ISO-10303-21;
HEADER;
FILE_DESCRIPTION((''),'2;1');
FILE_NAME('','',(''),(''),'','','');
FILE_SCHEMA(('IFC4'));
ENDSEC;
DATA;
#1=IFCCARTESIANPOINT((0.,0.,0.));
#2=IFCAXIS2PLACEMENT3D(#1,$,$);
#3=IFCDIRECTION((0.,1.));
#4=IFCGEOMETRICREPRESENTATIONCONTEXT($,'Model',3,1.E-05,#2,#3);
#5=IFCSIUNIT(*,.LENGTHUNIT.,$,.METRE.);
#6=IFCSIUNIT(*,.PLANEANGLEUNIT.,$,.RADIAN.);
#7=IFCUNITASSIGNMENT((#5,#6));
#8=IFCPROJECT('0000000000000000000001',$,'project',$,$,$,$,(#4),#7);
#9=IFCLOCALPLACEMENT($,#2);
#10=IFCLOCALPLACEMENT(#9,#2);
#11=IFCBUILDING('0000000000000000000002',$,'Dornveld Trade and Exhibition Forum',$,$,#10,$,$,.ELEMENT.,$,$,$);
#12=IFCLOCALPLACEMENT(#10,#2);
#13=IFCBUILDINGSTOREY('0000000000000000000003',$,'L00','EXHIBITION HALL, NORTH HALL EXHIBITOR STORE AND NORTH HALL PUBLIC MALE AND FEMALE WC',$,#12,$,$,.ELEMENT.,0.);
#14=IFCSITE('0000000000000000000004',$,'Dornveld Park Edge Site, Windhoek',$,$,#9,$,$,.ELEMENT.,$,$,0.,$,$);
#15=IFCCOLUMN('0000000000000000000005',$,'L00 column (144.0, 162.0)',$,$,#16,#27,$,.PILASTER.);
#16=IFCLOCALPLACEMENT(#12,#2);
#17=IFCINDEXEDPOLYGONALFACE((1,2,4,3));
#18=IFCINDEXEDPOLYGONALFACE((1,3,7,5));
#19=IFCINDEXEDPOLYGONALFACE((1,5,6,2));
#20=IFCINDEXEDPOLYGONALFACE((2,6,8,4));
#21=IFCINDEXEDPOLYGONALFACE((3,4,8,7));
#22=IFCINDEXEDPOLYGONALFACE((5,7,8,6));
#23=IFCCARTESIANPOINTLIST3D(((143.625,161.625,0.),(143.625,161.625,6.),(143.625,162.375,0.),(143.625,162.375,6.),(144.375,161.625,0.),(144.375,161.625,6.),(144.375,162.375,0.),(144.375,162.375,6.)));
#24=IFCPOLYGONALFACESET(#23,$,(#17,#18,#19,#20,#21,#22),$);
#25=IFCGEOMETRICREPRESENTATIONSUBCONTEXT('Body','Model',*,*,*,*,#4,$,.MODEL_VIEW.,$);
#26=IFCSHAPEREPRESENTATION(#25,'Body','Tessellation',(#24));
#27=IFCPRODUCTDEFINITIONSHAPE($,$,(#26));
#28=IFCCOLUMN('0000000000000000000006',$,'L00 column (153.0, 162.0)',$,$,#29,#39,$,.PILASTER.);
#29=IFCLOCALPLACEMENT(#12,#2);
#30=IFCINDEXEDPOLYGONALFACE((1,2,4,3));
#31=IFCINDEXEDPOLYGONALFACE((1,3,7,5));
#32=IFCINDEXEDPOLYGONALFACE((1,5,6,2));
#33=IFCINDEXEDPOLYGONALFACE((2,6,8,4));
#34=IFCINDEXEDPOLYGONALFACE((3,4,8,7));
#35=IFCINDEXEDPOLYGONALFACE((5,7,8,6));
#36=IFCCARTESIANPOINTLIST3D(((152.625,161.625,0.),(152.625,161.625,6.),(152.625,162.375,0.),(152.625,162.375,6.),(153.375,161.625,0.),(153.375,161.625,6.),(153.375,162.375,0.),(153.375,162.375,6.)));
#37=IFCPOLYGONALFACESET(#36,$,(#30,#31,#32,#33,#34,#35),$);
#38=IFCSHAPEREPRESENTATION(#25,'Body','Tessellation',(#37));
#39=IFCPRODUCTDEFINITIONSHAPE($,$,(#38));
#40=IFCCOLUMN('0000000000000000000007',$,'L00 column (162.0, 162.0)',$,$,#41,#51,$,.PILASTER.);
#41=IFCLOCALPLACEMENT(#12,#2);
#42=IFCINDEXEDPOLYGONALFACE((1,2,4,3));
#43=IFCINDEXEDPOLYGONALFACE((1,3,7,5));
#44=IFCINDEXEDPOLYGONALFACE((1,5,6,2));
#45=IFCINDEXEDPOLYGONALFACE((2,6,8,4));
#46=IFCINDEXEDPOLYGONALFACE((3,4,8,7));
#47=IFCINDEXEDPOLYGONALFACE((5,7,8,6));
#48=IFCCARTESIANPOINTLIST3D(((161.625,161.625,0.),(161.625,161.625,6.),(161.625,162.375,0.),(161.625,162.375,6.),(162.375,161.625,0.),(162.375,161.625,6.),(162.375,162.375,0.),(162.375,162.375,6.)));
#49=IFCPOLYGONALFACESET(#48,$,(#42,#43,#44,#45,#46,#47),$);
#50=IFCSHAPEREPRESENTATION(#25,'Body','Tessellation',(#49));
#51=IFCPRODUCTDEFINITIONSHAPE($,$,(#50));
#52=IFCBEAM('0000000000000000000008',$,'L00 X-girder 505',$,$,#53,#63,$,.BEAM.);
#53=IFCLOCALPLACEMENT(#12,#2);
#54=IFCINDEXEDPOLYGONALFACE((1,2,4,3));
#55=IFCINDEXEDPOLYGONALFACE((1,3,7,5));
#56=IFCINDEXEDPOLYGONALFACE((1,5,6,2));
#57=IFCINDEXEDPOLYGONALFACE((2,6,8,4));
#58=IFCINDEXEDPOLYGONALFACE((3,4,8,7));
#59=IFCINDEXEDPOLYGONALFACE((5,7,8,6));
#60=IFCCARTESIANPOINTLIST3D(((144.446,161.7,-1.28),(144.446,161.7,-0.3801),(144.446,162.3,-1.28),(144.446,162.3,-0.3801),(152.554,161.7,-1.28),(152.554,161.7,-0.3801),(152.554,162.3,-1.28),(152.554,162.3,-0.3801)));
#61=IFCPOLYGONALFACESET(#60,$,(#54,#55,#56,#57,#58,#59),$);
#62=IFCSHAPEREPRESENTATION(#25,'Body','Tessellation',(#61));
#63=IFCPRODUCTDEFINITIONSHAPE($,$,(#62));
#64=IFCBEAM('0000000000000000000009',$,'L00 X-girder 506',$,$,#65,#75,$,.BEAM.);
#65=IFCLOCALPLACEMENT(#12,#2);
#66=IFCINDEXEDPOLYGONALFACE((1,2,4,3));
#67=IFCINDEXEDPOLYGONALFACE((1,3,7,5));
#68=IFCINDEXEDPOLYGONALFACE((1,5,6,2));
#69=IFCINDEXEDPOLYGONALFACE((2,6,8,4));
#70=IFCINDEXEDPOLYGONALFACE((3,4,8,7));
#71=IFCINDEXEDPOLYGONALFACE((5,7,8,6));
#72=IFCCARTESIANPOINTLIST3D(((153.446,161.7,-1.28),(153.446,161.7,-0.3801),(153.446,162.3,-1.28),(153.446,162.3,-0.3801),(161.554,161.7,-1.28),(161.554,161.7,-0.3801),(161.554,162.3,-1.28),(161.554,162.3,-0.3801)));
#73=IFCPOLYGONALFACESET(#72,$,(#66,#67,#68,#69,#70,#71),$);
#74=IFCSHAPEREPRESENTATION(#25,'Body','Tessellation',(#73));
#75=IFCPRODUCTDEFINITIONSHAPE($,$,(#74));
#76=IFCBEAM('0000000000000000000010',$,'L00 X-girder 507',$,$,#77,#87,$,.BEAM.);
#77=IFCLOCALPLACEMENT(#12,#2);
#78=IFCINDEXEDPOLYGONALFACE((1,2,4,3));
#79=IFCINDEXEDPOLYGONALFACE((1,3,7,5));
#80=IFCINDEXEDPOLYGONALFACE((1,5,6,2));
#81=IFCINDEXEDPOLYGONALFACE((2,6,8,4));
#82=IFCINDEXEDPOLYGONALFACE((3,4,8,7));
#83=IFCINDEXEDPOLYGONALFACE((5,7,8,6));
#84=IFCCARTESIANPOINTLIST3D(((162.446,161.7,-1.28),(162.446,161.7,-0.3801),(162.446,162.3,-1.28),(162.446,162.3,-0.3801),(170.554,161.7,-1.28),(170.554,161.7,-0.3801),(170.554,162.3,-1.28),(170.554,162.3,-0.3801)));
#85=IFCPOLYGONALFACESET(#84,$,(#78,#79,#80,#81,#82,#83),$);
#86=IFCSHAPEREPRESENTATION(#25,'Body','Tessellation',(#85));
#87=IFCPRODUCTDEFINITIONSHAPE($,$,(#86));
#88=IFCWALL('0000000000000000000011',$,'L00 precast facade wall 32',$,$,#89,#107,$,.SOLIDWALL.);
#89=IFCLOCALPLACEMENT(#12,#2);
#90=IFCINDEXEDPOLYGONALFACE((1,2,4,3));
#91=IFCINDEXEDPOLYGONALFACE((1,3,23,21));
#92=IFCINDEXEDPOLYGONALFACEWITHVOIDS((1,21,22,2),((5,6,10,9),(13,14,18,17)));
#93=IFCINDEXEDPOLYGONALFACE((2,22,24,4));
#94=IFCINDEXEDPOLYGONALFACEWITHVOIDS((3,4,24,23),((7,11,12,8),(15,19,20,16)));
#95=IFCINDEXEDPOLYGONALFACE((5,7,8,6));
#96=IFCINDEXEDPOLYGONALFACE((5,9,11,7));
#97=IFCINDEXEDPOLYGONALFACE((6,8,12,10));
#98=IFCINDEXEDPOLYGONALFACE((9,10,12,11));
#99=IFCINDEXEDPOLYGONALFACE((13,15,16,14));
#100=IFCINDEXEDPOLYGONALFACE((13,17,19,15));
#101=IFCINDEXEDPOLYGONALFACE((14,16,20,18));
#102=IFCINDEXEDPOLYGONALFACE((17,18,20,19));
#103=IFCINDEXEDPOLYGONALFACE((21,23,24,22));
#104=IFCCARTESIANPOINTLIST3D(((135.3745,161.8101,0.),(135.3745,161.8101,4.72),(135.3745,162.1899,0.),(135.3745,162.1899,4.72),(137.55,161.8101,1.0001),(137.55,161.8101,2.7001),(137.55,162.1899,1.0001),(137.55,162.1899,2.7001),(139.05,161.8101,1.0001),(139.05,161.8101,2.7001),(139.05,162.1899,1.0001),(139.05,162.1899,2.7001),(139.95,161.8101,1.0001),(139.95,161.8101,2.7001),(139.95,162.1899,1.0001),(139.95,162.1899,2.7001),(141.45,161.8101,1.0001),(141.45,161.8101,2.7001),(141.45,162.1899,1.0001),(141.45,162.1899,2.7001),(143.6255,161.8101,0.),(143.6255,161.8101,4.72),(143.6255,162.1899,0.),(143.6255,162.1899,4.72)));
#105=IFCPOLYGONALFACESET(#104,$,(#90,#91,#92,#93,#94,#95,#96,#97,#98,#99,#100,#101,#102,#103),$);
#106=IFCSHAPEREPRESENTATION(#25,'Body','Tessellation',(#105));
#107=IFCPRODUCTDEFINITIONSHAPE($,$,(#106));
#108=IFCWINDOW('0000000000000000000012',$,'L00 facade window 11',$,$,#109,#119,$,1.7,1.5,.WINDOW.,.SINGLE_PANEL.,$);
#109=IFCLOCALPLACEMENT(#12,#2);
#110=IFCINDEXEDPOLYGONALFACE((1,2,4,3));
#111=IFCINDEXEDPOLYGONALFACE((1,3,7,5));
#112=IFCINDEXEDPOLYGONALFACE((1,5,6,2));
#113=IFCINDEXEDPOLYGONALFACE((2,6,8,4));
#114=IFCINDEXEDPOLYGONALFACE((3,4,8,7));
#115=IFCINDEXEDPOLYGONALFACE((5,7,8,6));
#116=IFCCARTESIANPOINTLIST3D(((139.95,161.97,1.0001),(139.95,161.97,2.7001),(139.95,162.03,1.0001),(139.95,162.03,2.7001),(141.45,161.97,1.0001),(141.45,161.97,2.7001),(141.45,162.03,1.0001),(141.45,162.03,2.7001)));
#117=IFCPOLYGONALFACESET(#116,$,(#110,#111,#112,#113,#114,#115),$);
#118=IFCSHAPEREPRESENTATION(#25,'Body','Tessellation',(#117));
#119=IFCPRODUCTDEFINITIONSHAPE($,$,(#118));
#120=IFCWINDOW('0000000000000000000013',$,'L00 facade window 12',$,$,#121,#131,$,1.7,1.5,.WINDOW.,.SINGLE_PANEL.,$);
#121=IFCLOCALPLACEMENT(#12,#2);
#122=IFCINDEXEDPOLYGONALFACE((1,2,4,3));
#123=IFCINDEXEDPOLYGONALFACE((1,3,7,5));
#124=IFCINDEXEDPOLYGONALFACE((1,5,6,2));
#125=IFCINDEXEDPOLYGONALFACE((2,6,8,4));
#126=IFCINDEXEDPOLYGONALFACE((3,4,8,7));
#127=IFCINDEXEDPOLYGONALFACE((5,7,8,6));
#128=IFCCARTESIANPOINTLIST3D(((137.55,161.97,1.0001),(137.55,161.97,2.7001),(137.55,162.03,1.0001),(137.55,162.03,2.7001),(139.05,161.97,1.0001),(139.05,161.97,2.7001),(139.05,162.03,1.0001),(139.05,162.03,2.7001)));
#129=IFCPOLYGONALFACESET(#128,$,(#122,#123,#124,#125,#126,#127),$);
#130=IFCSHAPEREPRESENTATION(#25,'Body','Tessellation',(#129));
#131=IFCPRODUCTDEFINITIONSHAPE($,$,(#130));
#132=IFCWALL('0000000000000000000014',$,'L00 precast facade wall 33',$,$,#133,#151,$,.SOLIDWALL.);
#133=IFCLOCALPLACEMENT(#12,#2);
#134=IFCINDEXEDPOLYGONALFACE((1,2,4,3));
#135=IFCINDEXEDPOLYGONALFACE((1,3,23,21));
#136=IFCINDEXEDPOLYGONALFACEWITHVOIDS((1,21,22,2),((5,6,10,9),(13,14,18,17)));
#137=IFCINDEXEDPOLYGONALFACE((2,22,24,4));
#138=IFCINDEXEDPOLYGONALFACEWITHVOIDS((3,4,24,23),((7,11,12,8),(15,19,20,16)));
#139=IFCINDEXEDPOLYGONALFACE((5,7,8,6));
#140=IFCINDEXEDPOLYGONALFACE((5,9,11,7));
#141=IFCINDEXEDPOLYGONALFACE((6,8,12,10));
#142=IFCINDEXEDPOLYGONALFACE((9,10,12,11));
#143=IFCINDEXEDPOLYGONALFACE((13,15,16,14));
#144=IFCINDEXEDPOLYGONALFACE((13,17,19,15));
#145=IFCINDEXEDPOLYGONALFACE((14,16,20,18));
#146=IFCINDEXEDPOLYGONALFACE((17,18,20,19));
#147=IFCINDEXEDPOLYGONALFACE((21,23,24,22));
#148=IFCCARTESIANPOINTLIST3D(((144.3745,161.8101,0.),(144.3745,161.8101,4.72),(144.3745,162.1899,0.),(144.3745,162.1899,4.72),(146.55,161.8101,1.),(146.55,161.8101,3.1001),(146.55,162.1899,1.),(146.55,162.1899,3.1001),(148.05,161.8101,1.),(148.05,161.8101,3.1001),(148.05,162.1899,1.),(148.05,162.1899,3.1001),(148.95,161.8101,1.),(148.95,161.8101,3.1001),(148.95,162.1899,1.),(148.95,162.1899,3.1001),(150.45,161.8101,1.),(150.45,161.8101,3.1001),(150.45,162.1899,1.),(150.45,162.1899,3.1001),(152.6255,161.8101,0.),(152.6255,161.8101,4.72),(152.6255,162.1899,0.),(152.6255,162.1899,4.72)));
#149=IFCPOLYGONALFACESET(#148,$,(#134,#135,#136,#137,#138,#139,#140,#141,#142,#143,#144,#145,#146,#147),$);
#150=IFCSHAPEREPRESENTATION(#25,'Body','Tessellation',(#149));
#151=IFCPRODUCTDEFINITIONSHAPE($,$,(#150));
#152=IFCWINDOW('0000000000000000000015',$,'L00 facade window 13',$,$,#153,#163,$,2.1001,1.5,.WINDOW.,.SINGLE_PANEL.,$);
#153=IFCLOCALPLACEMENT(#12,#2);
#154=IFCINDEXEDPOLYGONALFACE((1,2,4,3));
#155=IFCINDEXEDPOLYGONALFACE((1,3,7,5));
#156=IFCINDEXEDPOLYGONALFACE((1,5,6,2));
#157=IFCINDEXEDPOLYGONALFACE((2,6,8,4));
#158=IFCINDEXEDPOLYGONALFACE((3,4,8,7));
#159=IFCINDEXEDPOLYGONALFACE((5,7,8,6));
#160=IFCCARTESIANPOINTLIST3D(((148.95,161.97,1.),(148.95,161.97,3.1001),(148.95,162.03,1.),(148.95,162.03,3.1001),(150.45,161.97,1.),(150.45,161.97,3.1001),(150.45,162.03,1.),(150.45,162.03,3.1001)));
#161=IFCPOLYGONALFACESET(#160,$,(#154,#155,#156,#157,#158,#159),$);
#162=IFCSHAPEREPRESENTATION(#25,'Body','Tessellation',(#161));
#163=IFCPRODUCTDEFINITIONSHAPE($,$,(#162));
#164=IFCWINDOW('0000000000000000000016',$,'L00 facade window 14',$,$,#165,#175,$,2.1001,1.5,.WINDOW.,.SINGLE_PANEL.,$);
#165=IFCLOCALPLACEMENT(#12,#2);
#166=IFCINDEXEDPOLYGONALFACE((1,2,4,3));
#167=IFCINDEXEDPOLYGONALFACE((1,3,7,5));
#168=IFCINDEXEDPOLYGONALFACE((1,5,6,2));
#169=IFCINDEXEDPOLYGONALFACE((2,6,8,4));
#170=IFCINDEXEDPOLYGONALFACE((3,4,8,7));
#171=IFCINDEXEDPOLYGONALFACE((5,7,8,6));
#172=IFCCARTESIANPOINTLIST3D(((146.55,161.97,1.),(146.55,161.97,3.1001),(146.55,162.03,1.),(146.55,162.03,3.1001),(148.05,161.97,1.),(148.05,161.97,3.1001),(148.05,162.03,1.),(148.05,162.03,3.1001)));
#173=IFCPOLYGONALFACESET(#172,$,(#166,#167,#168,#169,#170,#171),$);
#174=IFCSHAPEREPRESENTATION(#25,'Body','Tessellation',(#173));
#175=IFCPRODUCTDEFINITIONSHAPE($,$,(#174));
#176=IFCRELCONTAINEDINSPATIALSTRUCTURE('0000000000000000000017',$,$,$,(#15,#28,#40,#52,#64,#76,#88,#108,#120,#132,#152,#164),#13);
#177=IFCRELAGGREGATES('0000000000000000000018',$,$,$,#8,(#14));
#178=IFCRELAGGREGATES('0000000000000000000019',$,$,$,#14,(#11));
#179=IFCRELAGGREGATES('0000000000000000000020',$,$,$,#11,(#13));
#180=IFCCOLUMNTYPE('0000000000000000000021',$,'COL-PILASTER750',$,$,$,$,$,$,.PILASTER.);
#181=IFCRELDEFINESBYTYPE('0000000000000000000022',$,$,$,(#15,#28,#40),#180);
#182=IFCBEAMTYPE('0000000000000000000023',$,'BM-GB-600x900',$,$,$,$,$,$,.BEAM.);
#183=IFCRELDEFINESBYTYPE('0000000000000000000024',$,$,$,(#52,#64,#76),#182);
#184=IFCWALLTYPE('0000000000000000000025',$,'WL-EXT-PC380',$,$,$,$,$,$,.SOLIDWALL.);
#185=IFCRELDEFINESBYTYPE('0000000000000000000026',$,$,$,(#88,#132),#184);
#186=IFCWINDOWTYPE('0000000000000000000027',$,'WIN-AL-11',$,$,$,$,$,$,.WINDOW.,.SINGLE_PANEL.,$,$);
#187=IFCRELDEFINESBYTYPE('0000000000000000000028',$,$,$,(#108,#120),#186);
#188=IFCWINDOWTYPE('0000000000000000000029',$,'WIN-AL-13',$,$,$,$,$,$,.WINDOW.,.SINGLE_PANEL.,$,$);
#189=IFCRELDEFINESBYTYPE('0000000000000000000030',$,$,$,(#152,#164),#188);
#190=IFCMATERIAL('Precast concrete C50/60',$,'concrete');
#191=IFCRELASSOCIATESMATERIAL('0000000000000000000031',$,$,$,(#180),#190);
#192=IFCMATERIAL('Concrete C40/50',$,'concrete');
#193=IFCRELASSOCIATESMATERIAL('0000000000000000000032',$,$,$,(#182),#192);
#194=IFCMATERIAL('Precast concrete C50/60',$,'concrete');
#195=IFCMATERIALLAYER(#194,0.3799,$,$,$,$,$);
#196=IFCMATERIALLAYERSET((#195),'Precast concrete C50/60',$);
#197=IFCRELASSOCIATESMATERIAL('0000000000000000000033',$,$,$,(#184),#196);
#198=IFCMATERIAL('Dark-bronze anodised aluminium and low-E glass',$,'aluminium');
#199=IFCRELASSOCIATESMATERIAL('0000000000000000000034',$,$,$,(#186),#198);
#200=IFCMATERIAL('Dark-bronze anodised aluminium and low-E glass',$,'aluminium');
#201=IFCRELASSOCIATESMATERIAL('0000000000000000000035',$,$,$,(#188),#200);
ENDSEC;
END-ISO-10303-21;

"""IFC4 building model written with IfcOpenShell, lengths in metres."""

from ifc_helpers import new_model, si_unit, direction, frame, frame_2d, origin, origin_2d, place, context, subcontext, project, spatial, rectangle, extrude, material, layer, layer_set, material_profile, profile_set, type_object, element, fill, save


model = new_model("IFC4")

# Units and contexts
model_context = context("Model", 3, precision=1e-05, world=origin(), true_north=direction((0.0, 1.0)))
body_context = subcontext(model_context, "Body", "Model", "MODEL_VIEW")
ifc_project = project(units=[si_unit("LENGTHUNIT", "METRE"), si_unit("PLANEANGLEUNIT", "RADIAN")], contexts=[model_context])

# Site, building, storey
site_placement = place(None, origin())
site = spatial("IfcSite", under=ifc_project, at=site_placement, Name="Dornveld Park Edge Site, Windhoek", CompositionType="ELEMENT", RefElevation=0.0)
building_placement = place(site_placement, origin())
building = spatial("IfcBuilding", under=site, at=building_placement, Name="Dornveld Trade and Exhibition Forum", CompositionType="ELEMENT")
storey_placement = place(building_placement, origin())
storey = spatial("IfcBuildingStorey", under=building, at=storey_placement, Name="L00", Description="EXHIBITION HALL, NORTH HALL EXHIBITOR STORE AND NORTH HALL PUBLIC MALE AND FEMALE WC", CompositionType="ELEMENT", Elevation=0.0)

# Columns
ifc_material_1 = material(Name="Precast concrete C50/60", Category="concrete")
ifc_material_profile_1 = material_profile(ifc_material_1, rectangle(XDim=0.75, YDim=0.75, at=origin_2d()), Name="PC-COL 750x750")
ifc_profile_set_1 = profile_set([ifc_material_profile_1], Name="Precast concrete C50/60")
column_type = type_object("IfcColumnType", Name="COL-PILASTER750", PredefinedType="PILASTER", material=ifc_profile_set_1)
for number, where, z_axis, x_axis, name in (
    (1, (144.0, 162.0, 0.0), (0.0, 0.0, 1.0), (1.0, 0.0, 0.0), "L00 column (144.0, 162.0)"),
    (2, (153.0, 162.0, 0.0), (0.0, 0.0, 1.0), (1.0, 0.0, 0.0), "L00 column (153.0, 162.0)"),
    (3, (162.0, 162.0, 0.0), (0.0, 0.0, 1.0), (1.0, 0.0, 0.0), "L00 column (162.0, 162.0)"),
):
    element("IfcColumn", number, at=place(storey_placement, frame(where, z_axis=z_axis, x_axis=x_axis)), inside=storey, type_object=column_type, Name=name, PredefinedType="PILASTER", context=body_context, shape_type="SweptSolid", body=[
        extrude(rectangle(XDim=0.75, YDim=0.75, at=origin_2d()), origin(), (0.0, 0.0, 1.0), 6.0),
    ])

# Beams
ifc_material_2 = material(Name="Concrete C40/50", Category="concrete")
ifc_material_profile_2 = material_profile(ifc_material_2, rectangle(XDim=0.6001, YDim=0.8999, at=origin_2d()), Name="RC-GB 600x900")
ifc_profile_set_2 = profile_set([ifc_material_profile_2], Name="Concrete C40/50")
beam_type = type_object("IfcBeamType", Name="BM-GB-600x900", PredefinedType="BEAM", material=ifc_profile_set_2)
for number, where, z_axis, x_axis, name in (
    (4, (144.446, 162.0, -0.8301), (1.0, 0.0, 0.0), (0.0, 1.0, 0.0), "L00 X-girder 505"),
    (5, (153.446, 162.0, -0.8301), (1.0, 0.0, 0.0), (0.0, 1.0, 0.0), "L00 X-girder 506"),
    (6, (162.446, 162.0, -0.8301), (1.0, 0.0, 0.0), (0.0, 1.0, 0.0), "L00 X-girder 507"),
):
    element("IfcBeam", number, at=place(storey_placement, frame(where, z_axis=z_axis, x_axis=x_axis)), inside=storey, type_object=beam_type, Name=name, PredefinedType="BEAM", context=body_context, shape_type="SweptSolid", body=[
        extrude(rectangle(XDim=0.6001, YDim=0.8999, at=origin_2d()), origin(), (0.0, 0.0, 1.0), 8.1079),
    ])

# Walls, openings, windows
ifc_material_3 = material(Name="Precast concrete C50/60", Category="concrete")
ifc_layer_1 = layer(ifc_material_3, 0.3799)
ifc_layer_set_1 = layer_set([ifc_layer_1], Name="Precast concrete C50/60")
wall_type = type_object("IfcWallType", Name="WL-EXT-PC380", PredefinedType="SOLIDWALL", material=ifc_layer_set_1)
wall_1_placement = place(storey_placement, frame((143.6255, 162.0, 0.0), z_axis=(0.0, 0.0, 1.0), x_axis=(-1.0, 0.0, 0.0)))
wall_1 = element("IfcWall", 7, at=wall_1_placement, inside=storey, type_object=wall_type, Name="L00 precast facade wall 32", PredefinedType="SOLIDWALL", context=body_context, shape_type="SweptSolid", body=[
    extrude(rectangle(XDim=8.251, YDim=0.3799, at=frame_2d((4.1255, 0.0))), origin(), (0.0, 0.0, 1.0), 4.72),
])
opening_1_placement = place(wall_1_placement, frame((2.1755, 0.0, 1.0)))
opening_1 = element("IfcOpeningElement", 8, at=opening_1_placement, cuts=wall_1, PredefinedType="OPENING", context=body_context, shape_type="SweptSolid", body=[
    extrude(rectangle(XDim=1.5, YDim=1.7, at=frame_2d((0.75, 0.8501))), frame((0.0, 0.2, 0.0), z_axis=(0.0, -1.0, 0.0), x_axis=(1.0, 0.0, 0.0)), (0.0, 0.0, 1.0), 0.3999),
])
opening_2_placement = place(wall_1_placement, frame((4.5754, 0.0, 1.0)))
opening_2 = element("IfcOpeningElement", 9, at=opening_2_placement, cuts=wall_1, PredefinedType="OPENING", context=body_context, shape_type="SweptSolid", body=[
    extrude(rectangle(XDim=1.5, YDim=1.7, at=frame_2d((0.75, 0.8501))), frame((0.0, 0.2, 0.0), z_axis=(0.0, -1.0, 0.0), x_axis=(1.0, 0.0, 0.0)), (0.0, 0.0, 1.0), 0.3999),
])
ifc_material_4 = material(Name="Dark-bronze anodised aluminium and low-E glass", Category="aluminium")
window_type_1 = type_object("IfcWindowType", Name="WIN-AL-11", PartitioningType="SINGLE_PANEL", PredefinedType="WINDOW", material=ifc_material_4)
window_1_placement = place(opening_1_placement, origin())
window_1 = element("IfcWindow", 10, at=window_1_placement, inside=storey, type_object=window_type_1, Name="L00 facade window 11", OverallHeight=1.7, OverallWidth=1.5, PartitioningType="SINGLE_PANEL", PredefinedType="WINDOW", context=body_context, shape_type="SweptSolid", body=[
    extrude(rectangle(XDim=1.5, YDim=1.7, at=frame_2d((0.75, 0.8501))), frame((0.0, 0.03, 0.0), z_axis=(0.0, -1.0, 0.0), x_axis=(1.0, 0.0, 0.0)), (0.0, 0.0, 1.0), 0.0601),
])
fill(opening_1, window_1)
window_2_placement = place(opening_2_placement, origin())
window_2 = element("IfcWindow", 11, at=window_2_placement, inside=storey, type_object=window_type_1, Name="L00 facade window 12", OverallHeight=1.7, OverallWidth=1.5, PartitioningType="SINGLE_PANEL", PredefinedType="WINDOW", context=body_context, shape_type="SweptSolid", body=[
    extrude(rectangle(XDim=1.5, YDim=1.7, at=frame_2d((0.75, 0.8501))), frame((0.0, 0.03, 0.0), z_axis=(0.0, -1.0, 0.0), x_axis=(1.0, 0.0, 0.0)), (0.0, 0.0, 1.0), 0.0601),
])
fill(opening_2, window_2)
wall_2_placement = place(storey_placement, frame((152.6255, 162.0, 0.0), z_axis=(0.0, 0.0, 1.0), x_axis=(-1.0, 0.0, 0.0)))
wall_2 = element("IfcWall", 12, at=wall_2_placement, inside=storey, type_object=wall_type, Name="L00 precast facade wall 33", PredefinedType="SOLIDWALL", context=body_context, shape_type="SweptSolid", body=[
    extrude(rectangle(XDim=8.251, YDim=0.3799, at=frame_2d((4.1255, 0.0))), origin(), (0.0, 0.0, 1.0), 4.72),
])
opening_3_placement = place(wall_2_placement, frame((2.1755, 0.0, 1.0)))
opening_3 = element("IfcOpeningElement", 13, at=opening_3_placement, cuts=wall_2, PredefinedType="OPENING", context=body_context, shape_type="SweptSolid", body=[
    extrude(rectangle(XDim=1.5, YDim=2.1001, at=frame_2d((0.75, 1.05))), frame((0.0, 0.2, 0.0), z_axis=(0.0, -1.0, 0.0), x_axis=(1.0, 0.0, 0.0)), (0.0, 0.0, 1.0), 0.3999),
])
opening_4_placement = place(wall_2_placement, frame((4.5754, 0.0, 1.0)))
opening_4 = element("IfcOpeningElement", 14, at=opening_4_placement, cuts=wall_2, PredefinedType="OPENING", context=body_context, shape_type="SweptSolid", body=[
    extrude(rectangle(XDim=1.5, YDim=2.1001, at=frame_2d((0.75, 1.05))), frame((0.0, 0.2, 0.0), z_axis=(0.0, -1.0, 0.0), x_axis=(1.0, 0.0, 0.0)), (0.0, 0.0, 1.0), 0.3999),
])
ifc_material_5 = material(Name="Dark-bronze anodised aluminium and low-E glass", Category="aluminium")
window_type_2 = type_object("IfcWindowType", Name="WIN-AL-13", PartitioningType="SINGLE_PANEL", PredefinedType="WINDOW", material=ifc_material_5)
window_3_placement = place(opening_3_placement, origin())
window_3 = element("IfcWindow", 15, at=window_3_placement, inside=storey, type_object=window_type_2, Name="L00 facade window 13", OverallHeight=2.1001, OverallWidth=1.5, PartitioningType="SINGLE_PANEL", PredefinedType="WINDOW", context=body_context, shape_type="SweptSolid", body=[
    extrude(rectangle(XDim=1.5, YDim=2.1001, at=frame_2d((0.75, 1.05))), frame((0.0, 0.03, 0.0), z_axis=(0.0, -1.0, 0.0), x_axis=(1.0, 0.0, 0.0)), (0.0, 0.0, 1.0), 0.0601),
])
fill(opening_3, window_3)
window_4_placement = place(opening_4_placement, origin())
window_4 = element("IfcWindow", 16, at=window_4_placement, inside=storey, type_object=window_type_2, Name="L00 facade window 14", OverallHeight=2.1001, OverallWidth=1.5, PartitioningType="SINGLE_PANEL", PredefinedType="WINDOW", context=body_context, shape_type="SweptSolid", body=[
    extrude(rectangle(XDim=1.5, YDim=2.1001, at=frame_2d((0.75, 1.05))), frame((0.0, 0.03, 0.0), z_axis=(0.0, -1.0, 0.0), x_axis=(1.0, 0.0, 0.0)), (0.0, 0.0, 1.0), 0.0601),
])
fill(opening_4, window_4)

save(model, "model.ifc")
